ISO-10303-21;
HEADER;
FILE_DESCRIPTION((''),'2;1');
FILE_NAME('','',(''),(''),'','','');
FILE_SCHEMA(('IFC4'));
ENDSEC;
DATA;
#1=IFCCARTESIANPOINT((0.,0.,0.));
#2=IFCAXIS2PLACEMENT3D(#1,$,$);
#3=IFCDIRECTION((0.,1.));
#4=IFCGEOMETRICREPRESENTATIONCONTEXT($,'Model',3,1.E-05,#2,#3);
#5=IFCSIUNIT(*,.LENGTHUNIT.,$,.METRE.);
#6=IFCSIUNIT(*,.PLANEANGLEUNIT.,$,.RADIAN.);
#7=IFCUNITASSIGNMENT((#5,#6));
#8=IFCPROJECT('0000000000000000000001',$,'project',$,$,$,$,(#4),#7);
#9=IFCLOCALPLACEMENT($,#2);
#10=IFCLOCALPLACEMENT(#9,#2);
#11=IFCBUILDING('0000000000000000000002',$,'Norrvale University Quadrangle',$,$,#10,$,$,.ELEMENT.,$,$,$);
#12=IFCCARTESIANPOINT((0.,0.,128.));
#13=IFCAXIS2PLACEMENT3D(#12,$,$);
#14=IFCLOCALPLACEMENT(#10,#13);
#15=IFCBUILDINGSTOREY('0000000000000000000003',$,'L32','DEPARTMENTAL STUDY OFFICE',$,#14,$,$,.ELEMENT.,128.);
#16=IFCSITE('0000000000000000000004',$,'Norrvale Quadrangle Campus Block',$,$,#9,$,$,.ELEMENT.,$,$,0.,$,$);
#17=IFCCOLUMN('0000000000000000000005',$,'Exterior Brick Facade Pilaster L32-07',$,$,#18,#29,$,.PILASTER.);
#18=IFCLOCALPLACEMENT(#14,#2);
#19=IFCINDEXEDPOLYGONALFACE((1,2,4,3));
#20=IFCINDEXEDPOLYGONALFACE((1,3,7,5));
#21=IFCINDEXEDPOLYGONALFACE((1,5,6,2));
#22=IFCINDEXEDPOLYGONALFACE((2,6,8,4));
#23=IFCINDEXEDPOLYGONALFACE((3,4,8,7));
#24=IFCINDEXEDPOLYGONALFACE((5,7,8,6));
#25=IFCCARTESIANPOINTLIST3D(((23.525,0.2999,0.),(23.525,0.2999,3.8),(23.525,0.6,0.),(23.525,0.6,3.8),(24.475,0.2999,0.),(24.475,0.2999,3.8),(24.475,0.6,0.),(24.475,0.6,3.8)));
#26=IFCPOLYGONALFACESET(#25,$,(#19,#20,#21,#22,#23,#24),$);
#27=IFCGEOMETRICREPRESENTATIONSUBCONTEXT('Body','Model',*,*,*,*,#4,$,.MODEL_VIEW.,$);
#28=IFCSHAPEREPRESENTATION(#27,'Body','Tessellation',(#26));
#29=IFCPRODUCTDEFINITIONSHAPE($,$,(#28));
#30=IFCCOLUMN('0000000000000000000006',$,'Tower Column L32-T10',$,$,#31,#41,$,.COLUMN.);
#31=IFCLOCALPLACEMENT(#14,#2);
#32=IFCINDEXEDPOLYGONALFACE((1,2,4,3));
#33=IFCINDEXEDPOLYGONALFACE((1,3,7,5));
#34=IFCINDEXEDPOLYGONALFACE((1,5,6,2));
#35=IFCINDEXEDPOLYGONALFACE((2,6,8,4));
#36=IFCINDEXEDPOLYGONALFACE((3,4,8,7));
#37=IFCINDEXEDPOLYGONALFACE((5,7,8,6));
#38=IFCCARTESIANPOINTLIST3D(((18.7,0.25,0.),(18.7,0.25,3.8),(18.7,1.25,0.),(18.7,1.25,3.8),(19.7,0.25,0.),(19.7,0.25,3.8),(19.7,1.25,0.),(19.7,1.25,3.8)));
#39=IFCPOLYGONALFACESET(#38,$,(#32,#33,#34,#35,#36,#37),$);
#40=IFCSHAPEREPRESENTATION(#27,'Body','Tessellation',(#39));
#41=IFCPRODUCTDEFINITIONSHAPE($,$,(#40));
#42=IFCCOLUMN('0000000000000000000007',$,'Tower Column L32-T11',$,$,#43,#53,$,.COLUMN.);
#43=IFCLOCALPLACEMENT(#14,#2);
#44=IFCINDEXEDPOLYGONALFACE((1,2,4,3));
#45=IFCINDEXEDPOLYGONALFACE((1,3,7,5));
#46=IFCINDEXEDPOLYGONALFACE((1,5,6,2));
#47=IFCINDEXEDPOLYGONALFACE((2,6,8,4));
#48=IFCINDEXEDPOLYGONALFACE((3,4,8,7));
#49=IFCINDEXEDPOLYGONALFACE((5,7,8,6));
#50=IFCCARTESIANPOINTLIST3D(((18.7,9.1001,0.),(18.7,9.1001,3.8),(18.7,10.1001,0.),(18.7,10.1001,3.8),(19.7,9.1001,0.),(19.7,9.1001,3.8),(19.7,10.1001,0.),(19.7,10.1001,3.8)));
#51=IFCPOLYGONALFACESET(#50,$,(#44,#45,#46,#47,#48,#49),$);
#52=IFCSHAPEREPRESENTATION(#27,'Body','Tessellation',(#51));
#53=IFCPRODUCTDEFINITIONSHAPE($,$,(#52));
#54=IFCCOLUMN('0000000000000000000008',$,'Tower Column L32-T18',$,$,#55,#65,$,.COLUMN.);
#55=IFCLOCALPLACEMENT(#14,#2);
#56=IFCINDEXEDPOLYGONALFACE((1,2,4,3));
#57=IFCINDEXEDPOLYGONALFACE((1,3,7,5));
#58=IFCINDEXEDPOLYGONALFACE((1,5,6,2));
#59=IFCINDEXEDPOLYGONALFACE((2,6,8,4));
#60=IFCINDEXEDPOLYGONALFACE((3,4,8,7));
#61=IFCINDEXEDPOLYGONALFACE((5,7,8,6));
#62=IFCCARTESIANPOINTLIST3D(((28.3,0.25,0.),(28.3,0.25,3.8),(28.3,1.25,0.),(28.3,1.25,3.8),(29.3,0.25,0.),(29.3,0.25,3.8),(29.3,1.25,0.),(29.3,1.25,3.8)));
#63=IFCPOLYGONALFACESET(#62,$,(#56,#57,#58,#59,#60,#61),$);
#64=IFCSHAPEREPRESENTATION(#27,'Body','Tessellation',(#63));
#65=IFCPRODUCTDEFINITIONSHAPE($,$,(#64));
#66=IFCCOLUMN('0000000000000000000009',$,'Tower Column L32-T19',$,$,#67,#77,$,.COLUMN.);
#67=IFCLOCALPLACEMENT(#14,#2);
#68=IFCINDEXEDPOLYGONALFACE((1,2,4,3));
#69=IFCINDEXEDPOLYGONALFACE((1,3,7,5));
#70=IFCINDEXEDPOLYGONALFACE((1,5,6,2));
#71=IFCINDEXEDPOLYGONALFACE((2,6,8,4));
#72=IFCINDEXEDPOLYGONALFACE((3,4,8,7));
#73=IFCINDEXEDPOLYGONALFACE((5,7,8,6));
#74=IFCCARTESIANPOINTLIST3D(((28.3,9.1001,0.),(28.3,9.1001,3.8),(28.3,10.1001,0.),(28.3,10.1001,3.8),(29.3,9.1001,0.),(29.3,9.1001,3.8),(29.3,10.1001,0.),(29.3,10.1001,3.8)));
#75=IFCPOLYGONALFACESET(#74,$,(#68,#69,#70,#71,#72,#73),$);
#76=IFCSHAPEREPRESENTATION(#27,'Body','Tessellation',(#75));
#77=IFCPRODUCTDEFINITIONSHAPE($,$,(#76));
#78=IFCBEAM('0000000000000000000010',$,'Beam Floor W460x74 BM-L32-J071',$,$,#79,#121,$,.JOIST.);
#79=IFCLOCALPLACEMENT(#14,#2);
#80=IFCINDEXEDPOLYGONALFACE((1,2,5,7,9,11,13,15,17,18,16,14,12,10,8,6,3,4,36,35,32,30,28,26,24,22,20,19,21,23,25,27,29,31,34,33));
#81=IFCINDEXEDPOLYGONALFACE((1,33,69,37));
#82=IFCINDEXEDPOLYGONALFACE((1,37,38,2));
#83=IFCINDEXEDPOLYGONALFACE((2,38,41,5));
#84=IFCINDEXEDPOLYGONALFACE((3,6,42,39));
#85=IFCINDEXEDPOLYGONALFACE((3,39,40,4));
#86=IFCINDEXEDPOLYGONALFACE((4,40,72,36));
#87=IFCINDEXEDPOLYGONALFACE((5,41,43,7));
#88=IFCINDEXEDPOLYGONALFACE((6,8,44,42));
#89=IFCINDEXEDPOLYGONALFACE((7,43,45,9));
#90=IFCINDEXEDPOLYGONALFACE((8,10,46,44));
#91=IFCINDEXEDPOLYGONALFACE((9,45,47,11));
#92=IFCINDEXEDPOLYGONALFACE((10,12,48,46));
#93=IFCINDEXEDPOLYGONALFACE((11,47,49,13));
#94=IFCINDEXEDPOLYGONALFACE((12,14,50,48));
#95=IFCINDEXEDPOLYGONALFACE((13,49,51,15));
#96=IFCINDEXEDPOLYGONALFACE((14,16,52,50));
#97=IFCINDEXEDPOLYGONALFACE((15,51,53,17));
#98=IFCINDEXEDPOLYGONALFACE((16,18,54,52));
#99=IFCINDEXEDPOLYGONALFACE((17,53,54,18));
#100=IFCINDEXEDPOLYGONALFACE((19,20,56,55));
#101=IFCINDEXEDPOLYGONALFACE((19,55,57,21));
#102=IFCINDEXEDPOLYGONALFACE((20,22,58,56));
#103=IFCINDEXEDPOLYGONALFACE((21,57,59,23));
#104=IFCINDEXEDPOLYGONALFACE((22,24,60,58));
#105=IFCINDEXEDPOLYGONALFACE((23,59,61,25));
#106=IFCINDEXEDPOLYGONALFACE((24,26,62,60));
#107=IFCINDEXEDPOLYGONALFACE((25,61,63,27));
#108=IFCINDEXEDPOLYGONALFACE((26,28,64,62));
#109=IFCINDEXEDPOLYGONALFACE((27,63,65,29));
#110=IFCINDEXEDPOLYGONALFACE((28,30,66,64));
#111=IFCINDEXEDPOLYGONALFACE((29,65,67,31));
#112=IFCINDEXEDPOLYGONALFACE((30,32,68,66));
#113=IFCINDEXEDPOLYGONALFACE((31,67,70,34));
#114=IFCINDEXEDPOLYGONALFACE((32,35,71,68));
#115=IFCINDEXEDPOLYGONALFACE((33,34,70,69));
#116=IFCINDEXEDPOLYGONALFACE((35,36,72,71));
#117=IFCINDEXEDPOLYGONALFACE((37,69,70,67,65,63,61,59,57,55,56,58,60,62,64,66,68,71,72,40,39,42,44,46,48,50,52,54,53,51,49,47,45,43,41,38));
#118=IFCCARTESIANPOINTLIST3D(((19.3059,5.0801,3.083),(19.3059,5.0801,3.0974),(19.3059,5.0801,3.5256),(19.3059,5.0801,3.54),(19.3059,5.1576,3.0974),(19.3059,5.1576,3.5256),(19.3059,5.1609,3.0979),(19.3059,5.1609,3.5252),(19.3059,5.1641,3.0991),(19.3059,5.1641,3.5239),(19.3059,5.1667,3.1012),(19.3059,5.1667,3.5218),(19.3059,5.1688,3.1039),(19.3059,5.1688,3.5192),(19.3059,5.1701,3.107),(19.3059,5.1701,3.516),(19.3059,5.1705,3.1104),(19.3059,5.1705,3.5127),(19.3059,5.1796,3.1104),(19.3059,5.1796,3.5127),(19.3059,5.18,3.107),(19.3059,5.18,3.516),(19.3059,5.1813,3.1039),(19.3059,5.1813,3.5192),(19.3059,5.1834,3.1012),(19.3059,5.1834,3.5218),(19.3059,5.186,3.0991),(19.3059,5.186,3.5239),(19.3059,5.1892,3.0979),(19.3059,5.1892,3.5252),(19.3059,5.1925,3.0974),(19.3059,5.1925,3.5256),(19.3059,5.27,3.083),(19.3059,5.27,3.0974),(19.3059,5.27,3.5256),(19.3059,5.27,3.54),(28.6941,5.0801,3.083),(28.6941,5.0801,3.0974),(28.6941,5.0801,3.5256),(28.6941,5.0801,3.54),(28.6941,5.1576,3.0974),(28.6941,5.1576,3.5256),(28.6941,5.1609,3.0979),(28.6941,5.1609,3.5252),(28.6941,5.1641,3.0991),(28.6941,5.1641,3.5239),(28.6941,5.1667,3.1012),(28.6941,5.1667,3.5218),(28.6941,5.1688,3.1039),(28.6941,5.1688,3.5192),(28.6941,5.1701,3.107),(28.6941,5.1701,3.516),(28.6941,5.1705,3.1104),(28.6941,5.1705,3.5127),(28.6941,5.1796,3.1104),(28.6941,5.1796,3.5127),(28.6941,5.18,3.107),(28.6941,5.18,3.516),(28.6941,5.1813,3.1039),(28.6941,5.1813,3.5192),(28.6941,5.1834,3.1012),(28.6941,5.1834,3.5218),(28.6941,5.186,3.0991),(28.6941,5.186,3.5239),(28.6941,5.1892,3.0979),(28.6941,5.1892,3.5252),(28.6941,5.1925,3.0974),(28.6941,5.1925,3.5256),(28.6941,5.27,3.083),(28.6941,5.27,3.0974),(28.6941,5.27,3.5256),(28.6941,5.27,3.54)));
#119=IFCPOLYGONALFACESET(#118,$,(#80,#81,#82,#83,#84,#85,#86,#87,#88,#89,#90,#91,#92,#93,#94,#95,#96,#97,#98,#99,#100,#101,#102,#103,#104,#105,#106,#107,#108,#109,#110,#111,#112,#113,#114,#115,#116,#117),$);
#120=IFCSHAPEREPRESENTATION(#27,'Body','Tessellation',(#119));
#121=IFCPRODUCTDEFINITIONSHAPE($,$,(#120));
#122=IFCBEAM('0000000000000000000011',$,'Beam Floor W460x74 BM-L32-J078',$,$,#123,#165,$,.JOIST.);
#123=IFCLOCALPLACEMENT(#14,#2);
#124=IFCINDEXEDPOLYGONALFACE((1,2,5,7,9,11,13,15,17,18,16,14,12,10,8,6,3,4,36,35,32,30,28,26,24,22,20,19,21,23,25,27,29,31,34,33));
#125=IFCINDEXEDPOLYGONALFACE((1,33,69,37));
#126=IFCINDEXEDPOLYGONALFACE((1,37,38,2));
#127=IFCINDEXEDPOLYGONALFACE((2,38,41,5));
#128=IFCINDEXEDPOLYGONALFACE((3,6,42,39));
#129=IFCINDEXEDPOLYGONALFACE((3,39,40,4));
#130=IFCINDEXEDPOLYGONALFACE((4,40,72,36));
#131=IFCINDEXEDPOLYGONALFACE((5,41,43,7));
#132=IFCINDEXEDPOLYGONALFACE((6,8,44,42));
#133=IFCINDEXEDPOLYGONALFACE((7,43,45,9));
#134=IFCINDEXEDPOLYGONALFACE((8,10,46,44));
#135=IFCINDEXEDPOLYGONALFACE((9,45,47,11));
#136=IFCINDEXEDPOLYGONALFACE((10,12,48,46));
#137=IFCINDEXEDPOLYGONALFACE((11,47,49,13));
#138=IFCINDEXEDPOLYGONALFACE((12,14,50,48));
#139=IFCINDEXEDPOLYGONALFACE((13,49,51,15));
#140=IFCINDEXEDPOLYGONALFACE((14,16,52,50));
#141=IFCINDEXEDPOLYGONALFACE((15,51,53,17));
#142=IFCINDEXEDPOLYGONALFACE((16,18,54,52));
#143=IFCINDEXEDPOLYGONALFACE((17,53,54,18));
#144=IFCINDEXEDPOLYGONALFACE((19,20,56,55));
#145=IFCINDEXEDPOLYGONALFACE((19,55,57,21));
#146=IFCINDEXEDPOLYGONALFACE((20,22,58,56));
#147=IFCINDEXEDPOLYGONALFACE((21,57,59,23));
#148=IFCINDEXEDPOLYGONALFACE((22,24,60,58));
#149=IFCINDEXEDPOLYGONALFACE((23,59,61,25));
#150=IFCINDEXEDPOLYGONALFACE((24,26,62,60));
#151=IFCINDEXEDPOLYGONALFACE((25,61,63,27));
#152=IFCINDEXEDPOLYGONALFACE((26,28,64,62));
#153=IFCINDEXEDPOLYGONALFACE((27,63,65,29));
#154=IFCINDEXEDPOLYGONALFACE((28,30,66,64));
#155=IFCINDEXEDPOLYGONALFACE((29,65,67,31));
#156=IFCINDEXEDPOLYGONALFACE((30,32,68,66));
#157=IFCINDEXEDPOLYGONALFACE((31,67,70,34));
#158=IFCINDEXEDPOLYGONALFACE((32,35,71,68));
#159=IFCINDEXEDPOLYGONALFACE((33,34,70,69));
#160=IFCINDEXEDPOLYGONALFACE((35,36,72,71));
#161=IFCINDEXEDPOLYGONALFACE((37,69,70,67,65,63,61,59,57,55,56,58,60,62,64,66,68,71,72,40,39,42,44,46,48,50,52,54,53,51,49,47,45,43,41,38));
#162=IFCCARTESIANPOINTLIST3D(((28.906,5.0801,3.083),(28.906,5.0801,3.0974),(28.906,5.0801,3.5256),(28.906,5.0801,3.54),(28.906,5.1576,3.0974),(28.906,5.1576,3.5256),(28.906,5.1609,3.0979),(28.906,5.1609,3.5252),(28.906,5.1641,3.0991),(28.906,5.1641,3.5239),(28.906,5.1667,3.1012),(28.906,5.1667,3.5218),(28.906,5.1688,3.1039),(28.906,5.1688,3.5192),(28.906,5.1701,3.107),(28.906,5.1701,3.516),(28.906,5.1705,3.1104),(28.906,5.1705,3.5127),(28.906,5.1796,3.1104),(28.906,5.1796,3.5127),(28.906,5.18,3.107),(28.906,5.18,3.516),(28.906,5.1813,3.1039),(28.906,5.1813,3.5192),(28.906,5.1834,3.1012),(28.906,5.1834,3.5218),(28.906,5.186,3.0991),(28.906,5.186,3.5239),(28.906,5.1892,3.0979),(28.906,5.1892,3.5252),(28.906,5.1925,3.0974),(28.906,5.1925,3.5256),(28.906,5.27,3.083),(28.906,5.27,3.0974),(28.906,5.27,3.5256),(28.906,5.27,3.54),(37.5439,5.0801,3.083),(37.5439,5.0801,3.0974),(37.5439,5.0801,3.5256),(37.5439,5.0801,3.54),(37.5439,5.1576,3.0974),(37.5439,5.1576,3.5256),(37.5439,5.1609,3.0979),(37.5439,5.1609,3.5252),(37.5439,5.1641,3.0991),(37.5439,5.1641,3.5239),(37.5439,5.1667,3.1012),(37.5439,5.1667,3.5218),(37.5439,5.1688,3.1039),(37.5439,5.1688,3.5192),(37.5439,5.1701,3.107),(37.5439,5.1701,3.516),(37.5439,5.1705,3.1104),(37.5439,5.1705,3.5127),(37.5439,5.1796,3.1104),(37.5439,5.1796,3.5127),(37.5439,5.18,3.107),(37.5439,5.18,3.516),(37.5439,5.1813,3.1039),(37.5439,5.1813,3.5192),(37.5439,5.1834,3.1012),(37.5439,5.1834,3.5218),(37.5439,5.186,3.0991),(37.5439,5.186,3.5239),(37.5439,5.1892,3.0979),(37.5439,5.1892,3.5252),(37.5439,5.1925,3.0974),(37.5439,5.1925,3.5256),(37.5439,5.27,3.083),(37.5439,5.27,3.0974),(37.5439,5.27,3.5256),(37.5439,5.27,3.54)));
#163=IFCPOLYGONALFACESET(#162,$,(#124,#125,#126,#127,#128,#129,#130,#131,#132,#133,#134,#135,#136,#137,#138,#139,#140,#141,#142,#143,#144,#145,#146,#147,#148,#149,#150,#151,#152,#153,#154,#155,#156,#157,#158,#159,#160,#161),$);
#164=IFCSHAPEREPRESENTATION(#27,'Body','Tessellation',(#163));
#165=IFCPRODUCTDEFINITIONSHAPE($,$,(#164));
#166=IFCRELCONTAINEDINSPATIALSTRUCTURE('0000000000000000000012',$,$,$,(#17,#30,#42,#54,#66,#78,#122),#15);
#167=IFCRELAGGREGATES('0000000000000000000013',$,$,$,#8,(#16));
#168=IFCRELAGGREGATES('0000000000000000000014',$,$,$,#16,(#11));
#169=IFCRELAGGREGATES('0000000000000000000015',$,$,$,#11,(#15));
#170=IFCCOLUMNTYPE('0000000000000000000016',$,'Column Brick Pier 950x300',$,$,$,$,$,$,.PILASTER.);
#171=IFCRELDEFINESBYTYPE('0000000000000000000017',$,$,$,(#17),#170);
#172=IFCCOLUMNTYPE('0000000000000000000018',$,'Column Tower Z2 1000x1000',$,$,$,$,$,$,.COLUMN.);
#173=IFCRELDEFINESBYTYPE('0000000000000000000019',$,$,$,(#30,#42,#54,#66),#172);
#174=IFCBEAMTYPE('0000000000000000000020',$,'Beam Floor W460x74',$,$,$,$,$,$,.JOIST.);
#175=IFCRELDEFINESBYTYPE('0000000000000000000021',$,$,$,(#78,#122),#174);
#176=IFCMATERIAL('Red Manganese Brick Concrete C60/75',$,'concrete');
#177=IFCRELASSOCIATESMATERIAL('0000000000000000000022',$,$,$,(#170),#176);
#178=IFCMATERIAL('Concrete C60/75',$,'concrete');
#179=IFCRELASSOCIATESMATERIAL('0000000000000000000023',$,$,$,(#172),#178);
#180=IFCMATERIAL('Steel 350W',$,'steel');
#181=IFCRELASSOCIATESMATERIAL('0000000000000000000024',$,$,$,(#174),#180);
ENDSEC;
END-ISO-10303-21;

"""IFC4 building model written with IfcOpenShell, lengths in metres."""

from ifc_helpers import new_model, si_unit, direction, frame, origin, origin_2d, place, context, subcontext, project, spatial, rectangle, i_section, extrude, material, material_profile, profile_set, type_object, element, save


model = new_model("IFC4")

# Units and contexts
model_context = context("Model", 3, precision=1e-05, world=origin(), true_north=direction((0.0, 1.0)))
body_context = subcontext(model_context, "Body", "Model", "MODEL_VIEW")
ifc_project = project(units=[si_unit("LENGTHUNIT", "METRE"), si_unit("PLANEANGLEUNIT", "RADIAN")], contexts=[model_context])

# Site, building, storey
site_placement = place(None, origin())
site = spatial("IfcSite", under=ifc_project, at=site_placement, Name="Norrvale Quadrangle Campus Block", CompositionType="ELEMENT", RefElevation=0.0)
building_placement = place(site_placement, origin())
building = spatial("IfcBuilding", under=site, at=building_placement, Name="Norrvale University Quadrangle", CompositionType="ELEMENT")
storey_placement = place(building_placement, frame((0.0, 0.0, 128.0)))
storey = spatial("IfcBuildingStorey", under=building, at=storey_placement, Name="L32", Description="DEPARTMENTAL STUDY OFFICE", CompositionType="ELEMENT", Elevation=128.0)

# Columns
ifc_material_1 = material(Name="Red Manganese Brick Concrete C60/75", Category="concrete")
ifc_material_profile_1 = material_profile(ifc_material_1, rectangle(XDim=0.95, YDim=0.3, at=origin_2d()), Name="Red Manganese Brick Concrete C60/75")
ifc_profile_set_1 = profile_set([ifc_material_profile_1], Name="Red Manganese Brick Concrete C60/75")
column_type_1 = type_object("IfcColumnType", Name="Column Brick Pier 950x300", PredefinedType="PILASTER", material=ifc_profile_set_1)
column_placement = place(storey_placement, frame((24.0, 0.45, 0.0), z_axis=(0.0, 0.0, 1.0), x_axis=(1.0, 0.0, 0.0)))
element("IfcColumn", 1, at=column_placement, inside=storey, type_object=column_type_1, Name="Exterior Brick Facade Pilaster L32-07", PredefinedType="PILASTER", context=body_context, shape_type="SweptSolid", body=[
    extrude(rectangle(XDim=0.95, YDim=0.3, at=origin_2d()), origin(), (0.0, 0.0, 1.0), 3.8),
])
ifc_material_2 = material(Name="Concrete C60/75", Category="concrete")
ifc_material_profile_2 = material_profile(ifc_material_2, rectangle(XDim=1.0, YDim=1.0, at=origin_2d()), Name="Concrete C60/75")
ifc_profile_set_2 = profile_set([ifc_material_profile_2], Name="Concrete C60/75")
column_type_2 = type_object("IfcColumnType", Name="Column Tower Z2 1000x1000", PredefinedType="COLUMN", material=ifc_profile_set_2)
for number, where, z_axis, x_axis, name in (
    (2, (19.2, 0.75, 0.0), (0.0, 0.0, 1.0), (1.0, 0.0, 0.0), "Tower Column L32-T10"),
    (3, (19.2, 9.6001, 0.0), (0.0, 0.0, 1.0), (1.0, 0.0, 0.0), "Tower Column L32-T11"),
    (4, (28.8, 0.75, 0.0), (0.0, 0.0, 1.0), (1.0, 0.0, 0.0), "Tower Column L32-T18"),
    (5, (28.8, 9.6001, 0.0), (0.0, 0.0, 1.0), (1.0, 0.0, 0.0), "Tower Column L32-T19"),
):
    element("IfcColumn", number, at=place(storey_placement, frame(where, z_axis=z_axis, x_axis=x_axis)), inside=storey, type_object=column_type_2, Name=name, PredefinedType="COLUMN", context=body_context, shape_type="SweptSolid", body=[
        extrude(rectangle(XDim=1.0, YDim=1.0, at=origin_2d()), origin(), (0.0, 0.0, 1.0), 3.8),
    ])

# Beams
ifc_material_3 = material(Name="Steel 350W", Category="steel")
ifc_material_profile_3 = material_profile(ifc_material_3, i_section(OverallWidth=0.1899, OverallDepth=0.457, WebThickness=0.009, FlangeThickness=0.0144, FilletRadius=0.0129, at=origin_2d()), Name="Steel 350W")
ifc_profile_set_3 = profile_set([ifc_material_profile_3], Name="Steel 350W")
beam_type_1 = type_object("IfcBeamType", Name="Beam Floor W460x74", PredefinedType="JOIST", material=ifc_profile_set_3)
beam_1_placement = place(storey_placement, frame((19.3059, 5.175, 3.3115), z_axis=(1.0, 0.0, 0.0), x_axis=(0.0, 1.0, 0.0)))
element("IfcBeam", 6, at=beam_1_placement, inside=storey, type_object=beam_type_1, Name="Beam Floor W460x74 BM-L32-J071", PredefinedType="JOIST", context=body_context, shape_type="SweptSolid", body=[
    extrude(i_section(OverallWidth=0.1899, OverallDepth=0.457, WebThickness=0.009, FlangeThickness=0.0144, FilletRadius=0.0129, at=origin_2d()), origin(), (0.0, 0.0, 1.0), 9.3882),
])
beam_2_placement = place(storey_placement, frame((28.906, 5.175, 3.3115), z_axis=(1.0, 0.0, 0.0), x_axis=(0.0, 1.0, 0.0)))
element("IfcBeam", 7, at=beam_2_placement, inside=storey, type_object=beam_type_1, Name="Beam Floor W460x74 BM-L32-J078", PredefinedType="JOIST", context=body_context, shape_type="SweptSolid", body=[
    extrude(i_section(OverallWidth=0.1899, OverallDepth=0.457, WebThickness=0.009, FlangeThickness=0.0144, FilletRadius=0.0129, at=origin_2d()), origin(), (0.0, 0.0, 1.0), 8.6379),
])

save(model, "model.ifc")
